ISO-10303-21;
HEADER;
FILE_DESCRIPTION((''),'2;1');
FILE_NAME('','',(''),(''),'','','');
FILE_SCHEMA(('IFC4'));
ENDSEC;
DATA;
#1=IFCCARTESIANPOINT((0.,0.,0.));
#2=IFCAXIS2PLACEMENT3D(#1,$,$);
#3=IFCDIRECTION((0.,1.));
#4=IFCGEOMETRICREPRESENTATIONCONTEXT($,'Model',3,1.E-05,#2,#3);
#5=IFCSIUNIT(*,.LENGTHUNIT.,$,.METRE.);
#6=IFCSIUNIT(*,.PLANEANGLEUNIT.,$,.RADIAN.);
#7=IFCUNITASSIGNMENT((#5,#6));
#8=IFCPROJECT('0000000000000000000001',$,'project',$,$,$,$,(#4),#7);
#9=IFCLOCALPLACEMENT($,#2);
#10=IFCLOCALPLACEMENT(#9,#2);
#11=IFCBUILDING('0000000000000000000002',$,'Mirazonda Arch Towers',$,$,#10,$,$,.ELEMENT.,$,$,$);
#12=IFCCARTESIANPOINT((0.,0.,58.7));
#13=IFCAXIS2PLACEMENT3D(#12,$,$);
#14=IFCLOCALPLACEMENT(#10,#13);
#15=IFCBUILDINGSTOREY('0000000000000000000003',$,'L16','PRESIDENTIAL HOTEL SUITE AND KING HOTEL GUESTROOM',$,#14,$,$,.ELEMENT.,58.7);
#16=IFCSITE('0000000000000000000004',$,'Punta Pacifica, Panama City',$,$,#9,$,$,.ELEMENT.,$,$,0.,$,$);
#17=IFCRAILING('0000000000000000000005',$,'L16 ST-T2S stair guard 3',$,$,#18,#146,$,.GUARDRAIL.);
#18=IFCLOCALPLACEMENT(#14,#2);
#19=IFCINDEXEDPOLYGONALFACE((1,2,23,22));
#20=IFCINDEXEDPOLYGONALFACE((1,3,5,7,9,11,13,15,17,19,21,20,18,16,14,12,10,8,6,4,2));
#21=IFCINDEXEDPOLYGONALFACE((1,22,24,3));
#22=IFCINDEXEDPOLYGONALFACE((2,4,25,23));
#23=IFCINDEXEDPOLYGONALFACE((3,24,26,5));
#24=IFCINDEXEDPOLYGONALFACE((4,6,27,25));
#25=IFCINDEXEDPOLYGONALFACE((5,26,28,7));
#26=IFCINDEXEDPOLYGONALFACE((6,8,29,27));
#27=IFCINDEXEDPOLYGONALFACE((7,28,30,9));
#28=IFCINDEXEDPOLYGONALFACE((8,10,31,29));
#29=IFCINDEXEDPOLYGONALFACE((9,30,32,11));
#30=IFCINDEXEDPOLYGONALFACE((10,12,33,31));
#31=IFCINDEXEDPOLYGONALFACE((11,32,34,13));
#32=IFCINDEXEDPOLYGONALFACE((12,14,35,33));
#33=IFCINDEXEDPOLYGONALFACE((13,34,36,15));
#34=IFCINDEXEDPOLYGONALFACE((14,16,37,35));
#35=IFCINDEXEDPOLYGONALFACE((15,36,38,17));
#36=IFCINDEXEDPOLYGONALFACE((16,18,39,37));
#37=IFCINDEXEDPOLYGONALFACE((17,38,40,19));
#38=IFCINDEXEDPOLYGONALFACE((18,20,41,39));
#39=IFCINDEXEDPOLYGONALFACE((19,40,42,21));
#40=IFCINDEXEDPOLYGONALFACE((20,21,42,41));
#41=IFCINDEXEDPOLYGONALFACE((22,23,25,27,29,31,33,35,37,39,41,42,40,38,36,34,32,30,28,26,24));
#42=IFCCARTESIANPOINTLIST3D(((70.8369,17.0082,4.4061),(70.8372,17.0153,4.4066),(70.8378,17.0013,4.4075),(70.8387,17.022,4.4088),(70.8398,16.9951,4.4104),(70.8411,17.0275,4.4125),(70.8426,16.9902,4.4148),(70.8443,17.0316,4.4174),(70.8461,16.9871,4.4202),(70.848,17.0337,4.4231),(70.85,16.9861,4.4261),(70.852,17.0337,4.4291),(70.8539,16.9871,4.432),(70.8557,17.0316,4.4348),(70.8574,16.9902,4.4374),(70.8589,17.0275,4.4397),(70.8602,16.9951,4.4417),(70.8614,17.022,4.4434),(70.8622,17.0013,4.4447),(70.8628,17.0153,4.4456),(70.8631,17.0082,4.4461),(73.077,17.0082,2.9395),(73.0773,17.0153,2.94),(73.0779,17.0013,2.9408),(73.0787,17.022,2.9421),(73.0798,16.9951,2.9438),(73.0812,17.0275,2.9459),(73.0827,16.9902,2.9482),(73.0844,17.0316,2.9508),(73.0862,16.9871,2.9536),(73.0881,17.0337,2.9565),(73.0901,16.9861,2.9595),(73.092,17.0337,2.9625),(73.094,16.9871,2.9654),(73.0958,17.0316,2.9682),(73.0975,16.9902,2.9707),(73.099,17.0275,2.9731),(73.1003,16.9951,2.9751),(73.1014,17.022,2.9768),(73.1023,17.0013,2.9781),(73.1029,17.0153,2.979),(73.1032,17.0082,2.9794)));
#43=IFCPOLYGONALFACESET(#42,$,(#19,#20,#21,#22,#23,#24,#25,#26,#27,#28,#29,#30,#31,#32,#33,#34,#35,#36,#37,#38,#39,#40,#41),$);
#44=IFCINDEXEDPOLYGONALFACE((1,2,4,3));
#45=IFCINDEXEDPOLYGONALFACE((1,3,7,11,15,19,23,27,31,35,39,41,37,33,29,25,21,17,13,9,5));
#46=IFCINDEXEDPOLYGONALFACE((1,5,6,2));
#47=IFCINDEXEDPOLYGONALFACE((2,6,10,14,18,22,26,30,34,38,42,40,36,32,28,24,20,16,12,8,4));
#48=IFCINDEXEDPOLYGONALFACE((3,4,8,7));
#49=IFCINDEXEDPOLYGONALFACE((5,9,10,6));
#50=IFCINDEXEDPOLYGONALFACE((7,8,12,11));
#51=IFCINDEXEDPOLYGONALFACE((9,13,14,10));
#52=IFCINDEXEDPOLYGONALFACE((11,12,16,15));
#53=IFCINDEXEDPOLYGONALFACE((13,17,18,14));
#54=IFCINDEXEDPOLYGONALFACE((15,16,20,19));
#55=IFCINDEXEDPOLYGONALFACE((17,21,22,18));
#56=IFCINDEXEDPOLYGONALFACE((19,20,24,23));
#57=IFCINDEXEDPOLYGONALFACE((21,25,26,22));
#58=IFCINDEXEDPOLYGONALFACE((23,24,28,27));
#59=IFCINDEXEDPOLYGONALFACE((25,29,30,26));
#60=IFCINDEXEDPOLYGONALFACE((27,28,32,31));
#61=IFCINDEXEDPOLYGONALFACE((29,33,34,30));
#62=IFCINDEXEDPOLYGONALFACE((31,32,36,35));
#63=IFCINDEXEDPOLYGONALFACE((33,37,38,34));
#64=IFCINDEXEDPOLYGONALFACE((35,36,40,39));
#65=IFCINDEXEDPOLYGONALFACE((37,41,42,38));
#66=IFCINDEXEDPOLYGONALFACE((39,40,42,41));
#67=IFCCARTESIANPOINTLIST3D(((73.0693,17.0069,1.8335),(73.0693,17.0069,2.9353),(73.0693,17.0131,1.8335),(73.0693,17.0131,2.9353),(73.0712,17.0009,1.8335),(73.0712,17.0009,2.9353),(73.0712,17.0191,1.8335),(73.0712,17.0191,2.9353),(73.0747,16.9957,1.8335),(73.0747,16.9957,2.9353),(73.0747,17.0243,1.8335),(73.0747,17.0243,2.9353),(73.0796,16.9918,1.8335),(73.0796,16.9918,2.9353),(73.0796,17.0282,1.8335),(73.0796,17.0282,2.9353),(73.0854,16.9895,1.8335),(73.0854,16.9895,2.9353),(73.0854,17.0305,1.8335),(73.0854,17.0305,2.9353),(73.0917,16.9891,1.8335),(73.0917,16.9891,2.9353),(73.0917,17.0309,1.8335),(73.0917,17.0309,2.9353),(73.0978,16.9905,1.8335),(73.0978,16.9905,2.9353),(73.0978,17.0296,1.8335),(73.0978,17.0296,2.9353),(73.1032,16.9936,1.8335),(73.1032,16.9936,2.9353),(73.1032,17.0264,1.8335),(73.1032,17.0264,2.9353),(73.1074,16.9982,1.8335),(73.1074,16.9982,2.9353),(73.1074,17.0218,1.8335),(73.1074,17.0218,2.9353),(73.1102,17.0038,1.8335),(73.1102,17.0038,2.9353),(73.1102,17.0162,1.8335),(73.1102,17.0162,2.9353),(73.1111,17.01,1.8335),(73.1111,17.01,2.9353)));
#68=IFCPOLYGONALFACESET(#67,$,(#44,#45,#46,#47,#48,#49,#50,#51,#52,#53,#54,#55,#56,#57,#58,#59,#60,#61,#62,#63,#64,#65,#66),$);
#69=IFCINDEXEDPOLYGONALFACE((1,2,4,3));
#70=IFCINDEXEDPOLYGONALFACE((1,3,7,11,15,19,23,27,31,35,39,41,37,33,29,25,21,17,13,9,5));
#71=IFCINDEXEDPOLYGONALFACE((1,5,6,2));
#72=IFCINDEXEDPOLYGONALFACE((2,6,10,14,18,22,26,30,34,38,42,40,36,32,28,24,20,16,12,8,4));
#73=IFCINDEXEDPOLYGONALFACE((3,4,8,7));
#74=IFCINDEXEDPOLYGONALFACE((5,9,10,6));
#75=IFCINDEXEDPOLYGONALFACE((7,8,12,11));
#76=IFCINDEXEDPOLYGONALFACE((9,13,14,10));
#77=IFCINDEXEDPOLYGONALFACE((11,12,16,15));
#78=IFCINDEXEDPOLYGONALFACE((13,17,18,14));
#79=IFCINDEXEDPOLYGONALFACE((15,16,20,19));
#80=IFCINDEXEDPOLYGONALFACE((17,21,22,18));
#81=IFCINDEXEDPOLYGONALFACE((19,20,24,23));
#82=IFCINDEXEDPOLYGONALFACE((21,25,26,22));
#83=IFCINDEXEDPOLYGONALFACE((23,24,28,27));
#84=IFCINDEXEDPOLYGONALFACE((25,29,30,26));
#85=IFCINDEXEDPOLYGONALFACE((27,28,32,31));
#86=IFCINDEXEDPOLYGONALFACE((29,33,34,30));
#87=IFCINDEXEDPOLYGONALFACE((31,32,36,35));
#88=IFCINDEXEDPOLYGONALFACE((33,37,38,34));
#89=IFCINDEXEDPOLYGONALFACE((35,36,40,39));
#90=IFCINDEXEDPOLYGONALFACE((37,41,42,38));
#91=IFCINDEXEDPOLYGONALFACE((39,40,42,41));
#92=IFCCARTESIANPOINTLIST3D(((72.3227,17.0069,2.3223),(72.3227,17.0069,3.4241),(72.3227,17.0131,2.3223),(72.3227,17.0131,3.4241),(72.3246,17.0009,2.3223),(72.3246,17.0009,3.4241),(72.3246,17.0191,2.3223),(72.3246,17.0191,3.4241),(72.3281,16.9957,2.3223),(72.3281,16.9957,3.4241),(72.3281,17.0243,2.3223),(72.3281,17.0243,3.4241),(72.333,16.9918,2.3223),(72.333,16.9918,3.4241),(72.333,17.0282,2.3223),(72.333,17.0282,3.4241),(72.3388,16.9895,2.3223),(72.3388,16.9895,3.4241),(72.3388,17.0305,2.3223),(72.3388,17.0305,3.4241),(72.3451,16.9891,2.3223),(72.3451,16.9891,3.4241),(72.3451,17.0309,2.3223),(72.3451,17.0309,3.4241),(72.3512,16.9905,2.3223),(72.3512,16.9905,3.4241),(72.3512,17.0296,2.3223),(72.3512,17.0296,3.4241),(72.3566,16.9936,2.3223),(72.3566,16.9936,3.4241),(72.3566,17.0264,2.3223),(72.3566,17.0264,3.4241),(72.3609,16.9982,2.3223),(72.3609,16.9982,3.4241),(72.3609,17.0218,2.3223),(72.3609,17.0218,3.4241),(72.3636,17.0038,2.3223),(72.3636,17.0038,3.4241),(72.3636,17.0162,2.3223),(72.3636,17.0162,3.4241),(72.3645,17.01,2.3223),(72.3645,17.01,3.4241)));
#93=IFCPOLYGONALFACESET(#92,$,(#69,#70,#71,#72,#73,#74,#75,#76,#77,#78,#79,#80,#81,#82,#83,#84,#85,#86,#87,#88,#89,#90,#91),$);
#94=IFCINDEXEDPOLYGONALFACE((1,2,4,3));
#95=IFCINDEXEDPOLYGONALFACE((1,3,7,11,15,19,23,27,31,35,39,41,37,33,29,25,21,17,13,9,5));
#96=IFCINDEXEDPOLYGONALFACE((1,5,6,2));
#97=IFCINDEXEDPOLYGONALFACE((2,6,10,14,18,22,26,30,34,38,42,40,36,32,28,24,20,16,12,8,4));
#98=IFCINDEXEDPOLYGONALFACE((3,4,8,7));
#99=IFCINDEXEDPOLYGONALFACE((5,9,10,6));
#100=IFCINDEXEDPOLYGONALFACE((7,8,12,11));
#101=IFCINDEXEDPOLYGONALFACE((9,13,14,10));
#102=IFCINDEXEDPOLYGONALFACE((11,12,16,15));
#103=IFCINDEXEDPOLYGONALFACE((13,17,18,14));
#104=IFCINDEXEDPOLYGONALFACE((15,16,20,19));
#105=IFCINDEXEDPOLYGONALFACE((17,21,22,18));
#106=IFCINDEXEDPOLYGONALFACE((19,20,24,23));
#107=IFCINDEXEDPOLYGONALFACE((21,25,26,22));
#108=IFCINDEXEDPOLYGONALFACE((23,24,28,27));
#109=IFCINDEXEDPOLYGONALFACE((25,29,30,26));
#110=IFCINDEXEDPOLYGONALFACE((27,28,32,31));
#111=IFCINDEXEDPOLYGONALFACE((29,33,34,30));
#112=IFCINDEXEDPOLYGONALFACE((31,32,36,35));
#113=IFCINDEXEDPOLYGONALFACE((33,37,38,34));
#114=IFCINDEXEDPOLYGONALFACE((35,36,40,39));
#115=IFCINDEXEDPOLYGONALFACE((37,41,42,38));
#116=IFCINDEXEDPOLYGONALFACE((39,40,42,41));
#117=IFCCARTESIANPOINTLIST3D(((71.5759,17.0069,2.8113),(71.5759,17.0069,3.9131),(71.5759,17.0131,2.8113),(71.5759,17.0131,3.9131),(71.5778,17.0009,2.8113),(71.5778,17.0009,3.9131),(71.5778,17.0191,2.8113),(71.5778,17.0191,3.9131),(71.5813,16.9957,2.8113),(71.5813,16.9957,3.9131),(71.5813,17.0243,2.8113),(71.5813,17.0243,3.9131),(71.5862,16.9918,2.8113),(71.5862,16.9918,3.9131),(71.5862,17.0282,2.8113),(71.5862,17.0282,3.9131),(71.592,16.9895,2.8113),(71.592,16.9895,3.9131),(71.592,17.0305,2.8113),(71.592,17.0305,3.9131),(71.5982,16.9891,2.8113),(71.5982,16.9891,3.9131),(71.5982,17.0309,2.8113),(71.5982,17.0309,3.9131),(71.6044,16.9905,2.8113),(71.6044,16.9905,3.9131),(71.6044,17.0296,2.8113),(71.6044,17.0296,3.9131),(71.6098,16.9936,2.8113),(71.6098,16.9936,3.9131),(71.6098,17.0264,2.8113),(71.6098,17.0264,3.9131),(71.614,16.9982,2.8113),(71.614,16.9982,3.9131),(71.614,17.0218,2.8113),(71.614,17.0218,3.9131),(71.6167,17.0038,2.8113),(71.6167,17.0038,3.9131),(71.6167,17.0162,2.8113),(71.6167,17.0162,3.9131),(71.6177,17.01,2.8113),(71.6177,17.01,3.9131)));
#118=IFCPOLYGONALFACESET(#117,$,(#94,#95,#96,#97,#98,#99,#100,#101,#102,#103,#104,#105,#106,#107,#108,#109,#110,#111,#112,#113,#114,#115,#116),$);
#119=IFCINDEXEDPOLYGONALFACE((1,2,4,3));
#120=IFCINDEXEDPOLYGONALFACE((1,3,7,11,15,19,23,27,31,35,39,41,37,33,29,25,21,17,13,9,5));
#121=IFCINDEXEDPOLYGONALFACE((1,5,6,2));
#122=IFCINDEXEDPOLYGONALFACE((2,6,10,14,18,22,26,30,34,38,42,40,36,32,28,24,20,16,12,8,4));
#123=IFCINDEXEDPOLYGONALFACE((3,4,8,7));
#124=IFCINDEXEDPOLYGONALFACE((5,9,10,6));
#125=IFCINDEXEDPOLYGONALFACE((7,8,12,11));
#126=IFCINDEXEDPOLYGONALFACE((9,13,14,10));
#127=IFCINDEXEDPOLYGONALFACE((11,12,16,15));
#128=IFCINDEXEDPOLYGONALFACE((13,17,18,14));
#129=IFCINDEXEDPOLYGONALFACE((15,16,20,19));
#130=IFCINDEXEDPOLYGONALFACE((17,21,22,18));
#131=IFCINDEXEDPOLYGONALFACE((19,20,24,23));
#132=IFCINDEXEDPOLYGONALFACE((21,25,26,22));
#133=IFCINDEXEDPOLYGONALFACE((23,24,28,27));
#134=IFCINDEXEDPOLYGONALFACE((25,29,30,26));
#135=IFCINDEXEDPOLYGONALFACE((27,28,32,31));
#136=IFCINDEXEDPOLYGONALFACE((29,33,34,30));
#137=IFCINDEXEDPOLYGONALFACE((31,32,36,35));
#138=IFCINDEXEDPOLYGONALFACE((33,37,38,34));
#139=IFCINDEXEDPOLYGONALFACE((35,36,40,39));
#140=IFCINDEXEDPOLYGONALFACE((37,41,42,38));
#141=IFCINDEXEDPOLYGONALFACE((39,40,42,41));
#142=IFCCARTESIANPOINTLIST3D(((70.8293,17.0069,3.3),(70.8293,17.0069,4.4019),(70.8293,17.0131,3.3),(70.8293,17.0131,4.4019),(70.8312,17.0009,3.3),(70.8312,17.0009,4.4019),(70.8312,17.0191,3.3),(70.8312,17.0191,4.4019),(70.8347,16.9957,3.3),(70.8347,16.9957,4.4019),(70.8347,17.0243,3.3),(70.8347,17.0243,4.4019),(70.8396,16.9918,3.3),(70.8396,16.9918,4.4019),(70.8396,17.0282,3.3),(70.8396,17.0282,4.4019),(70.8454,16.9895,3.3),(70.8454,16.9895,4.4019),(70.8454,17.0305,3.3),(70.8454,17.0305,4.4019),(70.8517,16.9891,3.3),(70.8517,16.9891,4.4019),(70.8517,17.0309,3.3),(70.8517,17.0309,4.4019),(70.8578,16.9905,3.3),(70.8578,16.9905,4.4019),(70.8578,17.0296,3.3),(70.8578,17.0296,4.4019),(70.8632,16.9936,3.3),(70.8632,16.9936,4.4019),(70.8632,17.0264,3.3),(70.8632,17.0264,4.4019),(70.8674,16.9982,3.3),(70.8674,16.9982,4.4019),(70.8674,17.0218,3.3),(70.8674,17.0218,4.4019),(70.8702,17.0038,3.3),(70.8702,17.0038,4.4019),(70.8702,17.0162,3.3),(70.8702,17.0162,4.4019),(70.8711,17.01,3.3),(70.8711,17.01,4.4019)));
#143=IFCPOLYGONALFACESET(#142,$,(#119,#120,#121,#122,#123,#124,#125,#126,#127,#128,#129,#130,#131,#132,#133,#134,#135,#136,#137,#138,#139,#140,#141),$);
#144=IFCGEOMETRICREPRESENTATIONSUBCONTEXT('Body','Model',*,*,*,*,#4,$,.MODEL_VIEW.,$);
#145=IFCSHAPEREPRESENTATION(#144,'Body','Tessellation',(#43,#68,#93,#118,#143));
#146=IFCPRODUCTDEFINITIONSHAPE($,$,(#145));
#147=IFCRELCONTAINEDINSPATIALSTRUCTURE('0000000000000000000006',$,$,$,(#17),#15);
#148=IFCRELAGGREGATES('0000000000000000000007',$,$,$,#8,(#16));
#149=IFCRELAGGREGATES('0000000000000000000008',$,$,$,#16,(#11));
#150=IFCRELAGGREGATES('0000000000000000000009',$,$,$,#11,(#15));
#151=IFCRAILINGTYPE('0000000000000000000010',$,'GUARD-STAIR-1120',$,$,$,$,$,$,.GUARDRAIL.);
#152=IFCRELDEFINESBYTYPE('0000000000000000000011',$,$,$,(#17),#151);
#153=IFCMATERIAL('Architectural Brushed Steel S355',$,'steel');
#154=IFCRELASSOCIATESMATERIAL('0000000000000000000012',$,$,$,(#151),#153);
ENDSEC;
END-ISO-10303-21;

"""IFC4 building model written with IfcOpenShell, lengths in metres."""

from ifc_helpers import new_model, si_unit, direction, frame, origin, origin_2d, place, context, subcontext, project, spatial, circle, extrude, material, type_object, element, save


model = new_model("IFC4")

# Units and contexts
model_context = context("Model", 3, precision=1e-05, world=origin(), true_north=direction((0.0, 1.0)))
body_context = subcontext(model_context, "Body", "Model", "MODEL_VIEW")
ifc_project = project(units=[si_unit("LENGTHUNIT", "METRE"), si_unit("PLANEANGLEUNIT", "RADIAN")], contexts=[model_context])

# Site, building, storey
site_placement = place(None, origin())
site = spatial("IfcSite", under=ifc_project, at=site_placement, Name="Punta Pacifica, Panama City", CompositionType="ELEMENT", RefElevation=0.0)
building_placement = place(site_placement, origin())
building = spatial("IfcBuilding", under=site, at=building_placement, Name="Mirazonda Arch Towers", CompositionType="ELEMENT")
storey_placement = place(building_placement, frame((0.0, 0.0, 58.7)))
storey = spatial("IfcBuildingStorey", under=building, at=storey_placement, Name="L16", Description="PRESIDENTIAL HOTEL SUITE AND KING HOTEL GUESTROOM", CompositionType="ELEMENT", Elevation=58.7)

# Railing
ifc_material_1 = material(Name="Architectural Brushed Steel S355", Category="steel")
railing_type_1 = type_object("IfcRailingType", Name="GUARD-STAIR-1120", PredefinedType="GUARDRAIL", material=ifc_material_1)
railing_1_placement = place(storey_placement, frame((73.0901, 17.01, 1.8335)))
element("IfcRailing", 1, at=railing_1_placement, inside=storey, type_object=railing_type_1, Name="L16 ST-T2S stair guard 3", PredefinedType="GUARDRAIL", context=body_context, shape_type="SweptSolid", body=[
    extrude(circle(Radius=0.0239, at=origin_2d()), frame((0.0, 0.0, 1.126), z_axis=(-0.836637, 0.0, 0.547758), x_axis=(0.0, -1.0, 0.0)), (0.0, 0.0, 1.0), 2.6775),
    extrude(circle(Radius=0.021, at=origin_2d()), origin(), (0.0, 0.0, 1.0), 1.1018),
    extrude(circle(Radius=0.021, at=origin_2d()), frame((-0.7466, 0.0, 0.4888)), (0.0, 0.0, 1.0), 1.1018),
    extrude(circle(Radius=0.021, at=origin_2d()), frame((-1.4934, 0.0, 0.9778)), (0.0, 0.0, 1.0), 1.1018),
    extrude(circle(Radius=0.021, at=origin_2d()), frame((-2.24, 0.0, 1.4666)), (0.0, 0.0, 1.0), 1.1018),
])

save(model, "model.ifc")
